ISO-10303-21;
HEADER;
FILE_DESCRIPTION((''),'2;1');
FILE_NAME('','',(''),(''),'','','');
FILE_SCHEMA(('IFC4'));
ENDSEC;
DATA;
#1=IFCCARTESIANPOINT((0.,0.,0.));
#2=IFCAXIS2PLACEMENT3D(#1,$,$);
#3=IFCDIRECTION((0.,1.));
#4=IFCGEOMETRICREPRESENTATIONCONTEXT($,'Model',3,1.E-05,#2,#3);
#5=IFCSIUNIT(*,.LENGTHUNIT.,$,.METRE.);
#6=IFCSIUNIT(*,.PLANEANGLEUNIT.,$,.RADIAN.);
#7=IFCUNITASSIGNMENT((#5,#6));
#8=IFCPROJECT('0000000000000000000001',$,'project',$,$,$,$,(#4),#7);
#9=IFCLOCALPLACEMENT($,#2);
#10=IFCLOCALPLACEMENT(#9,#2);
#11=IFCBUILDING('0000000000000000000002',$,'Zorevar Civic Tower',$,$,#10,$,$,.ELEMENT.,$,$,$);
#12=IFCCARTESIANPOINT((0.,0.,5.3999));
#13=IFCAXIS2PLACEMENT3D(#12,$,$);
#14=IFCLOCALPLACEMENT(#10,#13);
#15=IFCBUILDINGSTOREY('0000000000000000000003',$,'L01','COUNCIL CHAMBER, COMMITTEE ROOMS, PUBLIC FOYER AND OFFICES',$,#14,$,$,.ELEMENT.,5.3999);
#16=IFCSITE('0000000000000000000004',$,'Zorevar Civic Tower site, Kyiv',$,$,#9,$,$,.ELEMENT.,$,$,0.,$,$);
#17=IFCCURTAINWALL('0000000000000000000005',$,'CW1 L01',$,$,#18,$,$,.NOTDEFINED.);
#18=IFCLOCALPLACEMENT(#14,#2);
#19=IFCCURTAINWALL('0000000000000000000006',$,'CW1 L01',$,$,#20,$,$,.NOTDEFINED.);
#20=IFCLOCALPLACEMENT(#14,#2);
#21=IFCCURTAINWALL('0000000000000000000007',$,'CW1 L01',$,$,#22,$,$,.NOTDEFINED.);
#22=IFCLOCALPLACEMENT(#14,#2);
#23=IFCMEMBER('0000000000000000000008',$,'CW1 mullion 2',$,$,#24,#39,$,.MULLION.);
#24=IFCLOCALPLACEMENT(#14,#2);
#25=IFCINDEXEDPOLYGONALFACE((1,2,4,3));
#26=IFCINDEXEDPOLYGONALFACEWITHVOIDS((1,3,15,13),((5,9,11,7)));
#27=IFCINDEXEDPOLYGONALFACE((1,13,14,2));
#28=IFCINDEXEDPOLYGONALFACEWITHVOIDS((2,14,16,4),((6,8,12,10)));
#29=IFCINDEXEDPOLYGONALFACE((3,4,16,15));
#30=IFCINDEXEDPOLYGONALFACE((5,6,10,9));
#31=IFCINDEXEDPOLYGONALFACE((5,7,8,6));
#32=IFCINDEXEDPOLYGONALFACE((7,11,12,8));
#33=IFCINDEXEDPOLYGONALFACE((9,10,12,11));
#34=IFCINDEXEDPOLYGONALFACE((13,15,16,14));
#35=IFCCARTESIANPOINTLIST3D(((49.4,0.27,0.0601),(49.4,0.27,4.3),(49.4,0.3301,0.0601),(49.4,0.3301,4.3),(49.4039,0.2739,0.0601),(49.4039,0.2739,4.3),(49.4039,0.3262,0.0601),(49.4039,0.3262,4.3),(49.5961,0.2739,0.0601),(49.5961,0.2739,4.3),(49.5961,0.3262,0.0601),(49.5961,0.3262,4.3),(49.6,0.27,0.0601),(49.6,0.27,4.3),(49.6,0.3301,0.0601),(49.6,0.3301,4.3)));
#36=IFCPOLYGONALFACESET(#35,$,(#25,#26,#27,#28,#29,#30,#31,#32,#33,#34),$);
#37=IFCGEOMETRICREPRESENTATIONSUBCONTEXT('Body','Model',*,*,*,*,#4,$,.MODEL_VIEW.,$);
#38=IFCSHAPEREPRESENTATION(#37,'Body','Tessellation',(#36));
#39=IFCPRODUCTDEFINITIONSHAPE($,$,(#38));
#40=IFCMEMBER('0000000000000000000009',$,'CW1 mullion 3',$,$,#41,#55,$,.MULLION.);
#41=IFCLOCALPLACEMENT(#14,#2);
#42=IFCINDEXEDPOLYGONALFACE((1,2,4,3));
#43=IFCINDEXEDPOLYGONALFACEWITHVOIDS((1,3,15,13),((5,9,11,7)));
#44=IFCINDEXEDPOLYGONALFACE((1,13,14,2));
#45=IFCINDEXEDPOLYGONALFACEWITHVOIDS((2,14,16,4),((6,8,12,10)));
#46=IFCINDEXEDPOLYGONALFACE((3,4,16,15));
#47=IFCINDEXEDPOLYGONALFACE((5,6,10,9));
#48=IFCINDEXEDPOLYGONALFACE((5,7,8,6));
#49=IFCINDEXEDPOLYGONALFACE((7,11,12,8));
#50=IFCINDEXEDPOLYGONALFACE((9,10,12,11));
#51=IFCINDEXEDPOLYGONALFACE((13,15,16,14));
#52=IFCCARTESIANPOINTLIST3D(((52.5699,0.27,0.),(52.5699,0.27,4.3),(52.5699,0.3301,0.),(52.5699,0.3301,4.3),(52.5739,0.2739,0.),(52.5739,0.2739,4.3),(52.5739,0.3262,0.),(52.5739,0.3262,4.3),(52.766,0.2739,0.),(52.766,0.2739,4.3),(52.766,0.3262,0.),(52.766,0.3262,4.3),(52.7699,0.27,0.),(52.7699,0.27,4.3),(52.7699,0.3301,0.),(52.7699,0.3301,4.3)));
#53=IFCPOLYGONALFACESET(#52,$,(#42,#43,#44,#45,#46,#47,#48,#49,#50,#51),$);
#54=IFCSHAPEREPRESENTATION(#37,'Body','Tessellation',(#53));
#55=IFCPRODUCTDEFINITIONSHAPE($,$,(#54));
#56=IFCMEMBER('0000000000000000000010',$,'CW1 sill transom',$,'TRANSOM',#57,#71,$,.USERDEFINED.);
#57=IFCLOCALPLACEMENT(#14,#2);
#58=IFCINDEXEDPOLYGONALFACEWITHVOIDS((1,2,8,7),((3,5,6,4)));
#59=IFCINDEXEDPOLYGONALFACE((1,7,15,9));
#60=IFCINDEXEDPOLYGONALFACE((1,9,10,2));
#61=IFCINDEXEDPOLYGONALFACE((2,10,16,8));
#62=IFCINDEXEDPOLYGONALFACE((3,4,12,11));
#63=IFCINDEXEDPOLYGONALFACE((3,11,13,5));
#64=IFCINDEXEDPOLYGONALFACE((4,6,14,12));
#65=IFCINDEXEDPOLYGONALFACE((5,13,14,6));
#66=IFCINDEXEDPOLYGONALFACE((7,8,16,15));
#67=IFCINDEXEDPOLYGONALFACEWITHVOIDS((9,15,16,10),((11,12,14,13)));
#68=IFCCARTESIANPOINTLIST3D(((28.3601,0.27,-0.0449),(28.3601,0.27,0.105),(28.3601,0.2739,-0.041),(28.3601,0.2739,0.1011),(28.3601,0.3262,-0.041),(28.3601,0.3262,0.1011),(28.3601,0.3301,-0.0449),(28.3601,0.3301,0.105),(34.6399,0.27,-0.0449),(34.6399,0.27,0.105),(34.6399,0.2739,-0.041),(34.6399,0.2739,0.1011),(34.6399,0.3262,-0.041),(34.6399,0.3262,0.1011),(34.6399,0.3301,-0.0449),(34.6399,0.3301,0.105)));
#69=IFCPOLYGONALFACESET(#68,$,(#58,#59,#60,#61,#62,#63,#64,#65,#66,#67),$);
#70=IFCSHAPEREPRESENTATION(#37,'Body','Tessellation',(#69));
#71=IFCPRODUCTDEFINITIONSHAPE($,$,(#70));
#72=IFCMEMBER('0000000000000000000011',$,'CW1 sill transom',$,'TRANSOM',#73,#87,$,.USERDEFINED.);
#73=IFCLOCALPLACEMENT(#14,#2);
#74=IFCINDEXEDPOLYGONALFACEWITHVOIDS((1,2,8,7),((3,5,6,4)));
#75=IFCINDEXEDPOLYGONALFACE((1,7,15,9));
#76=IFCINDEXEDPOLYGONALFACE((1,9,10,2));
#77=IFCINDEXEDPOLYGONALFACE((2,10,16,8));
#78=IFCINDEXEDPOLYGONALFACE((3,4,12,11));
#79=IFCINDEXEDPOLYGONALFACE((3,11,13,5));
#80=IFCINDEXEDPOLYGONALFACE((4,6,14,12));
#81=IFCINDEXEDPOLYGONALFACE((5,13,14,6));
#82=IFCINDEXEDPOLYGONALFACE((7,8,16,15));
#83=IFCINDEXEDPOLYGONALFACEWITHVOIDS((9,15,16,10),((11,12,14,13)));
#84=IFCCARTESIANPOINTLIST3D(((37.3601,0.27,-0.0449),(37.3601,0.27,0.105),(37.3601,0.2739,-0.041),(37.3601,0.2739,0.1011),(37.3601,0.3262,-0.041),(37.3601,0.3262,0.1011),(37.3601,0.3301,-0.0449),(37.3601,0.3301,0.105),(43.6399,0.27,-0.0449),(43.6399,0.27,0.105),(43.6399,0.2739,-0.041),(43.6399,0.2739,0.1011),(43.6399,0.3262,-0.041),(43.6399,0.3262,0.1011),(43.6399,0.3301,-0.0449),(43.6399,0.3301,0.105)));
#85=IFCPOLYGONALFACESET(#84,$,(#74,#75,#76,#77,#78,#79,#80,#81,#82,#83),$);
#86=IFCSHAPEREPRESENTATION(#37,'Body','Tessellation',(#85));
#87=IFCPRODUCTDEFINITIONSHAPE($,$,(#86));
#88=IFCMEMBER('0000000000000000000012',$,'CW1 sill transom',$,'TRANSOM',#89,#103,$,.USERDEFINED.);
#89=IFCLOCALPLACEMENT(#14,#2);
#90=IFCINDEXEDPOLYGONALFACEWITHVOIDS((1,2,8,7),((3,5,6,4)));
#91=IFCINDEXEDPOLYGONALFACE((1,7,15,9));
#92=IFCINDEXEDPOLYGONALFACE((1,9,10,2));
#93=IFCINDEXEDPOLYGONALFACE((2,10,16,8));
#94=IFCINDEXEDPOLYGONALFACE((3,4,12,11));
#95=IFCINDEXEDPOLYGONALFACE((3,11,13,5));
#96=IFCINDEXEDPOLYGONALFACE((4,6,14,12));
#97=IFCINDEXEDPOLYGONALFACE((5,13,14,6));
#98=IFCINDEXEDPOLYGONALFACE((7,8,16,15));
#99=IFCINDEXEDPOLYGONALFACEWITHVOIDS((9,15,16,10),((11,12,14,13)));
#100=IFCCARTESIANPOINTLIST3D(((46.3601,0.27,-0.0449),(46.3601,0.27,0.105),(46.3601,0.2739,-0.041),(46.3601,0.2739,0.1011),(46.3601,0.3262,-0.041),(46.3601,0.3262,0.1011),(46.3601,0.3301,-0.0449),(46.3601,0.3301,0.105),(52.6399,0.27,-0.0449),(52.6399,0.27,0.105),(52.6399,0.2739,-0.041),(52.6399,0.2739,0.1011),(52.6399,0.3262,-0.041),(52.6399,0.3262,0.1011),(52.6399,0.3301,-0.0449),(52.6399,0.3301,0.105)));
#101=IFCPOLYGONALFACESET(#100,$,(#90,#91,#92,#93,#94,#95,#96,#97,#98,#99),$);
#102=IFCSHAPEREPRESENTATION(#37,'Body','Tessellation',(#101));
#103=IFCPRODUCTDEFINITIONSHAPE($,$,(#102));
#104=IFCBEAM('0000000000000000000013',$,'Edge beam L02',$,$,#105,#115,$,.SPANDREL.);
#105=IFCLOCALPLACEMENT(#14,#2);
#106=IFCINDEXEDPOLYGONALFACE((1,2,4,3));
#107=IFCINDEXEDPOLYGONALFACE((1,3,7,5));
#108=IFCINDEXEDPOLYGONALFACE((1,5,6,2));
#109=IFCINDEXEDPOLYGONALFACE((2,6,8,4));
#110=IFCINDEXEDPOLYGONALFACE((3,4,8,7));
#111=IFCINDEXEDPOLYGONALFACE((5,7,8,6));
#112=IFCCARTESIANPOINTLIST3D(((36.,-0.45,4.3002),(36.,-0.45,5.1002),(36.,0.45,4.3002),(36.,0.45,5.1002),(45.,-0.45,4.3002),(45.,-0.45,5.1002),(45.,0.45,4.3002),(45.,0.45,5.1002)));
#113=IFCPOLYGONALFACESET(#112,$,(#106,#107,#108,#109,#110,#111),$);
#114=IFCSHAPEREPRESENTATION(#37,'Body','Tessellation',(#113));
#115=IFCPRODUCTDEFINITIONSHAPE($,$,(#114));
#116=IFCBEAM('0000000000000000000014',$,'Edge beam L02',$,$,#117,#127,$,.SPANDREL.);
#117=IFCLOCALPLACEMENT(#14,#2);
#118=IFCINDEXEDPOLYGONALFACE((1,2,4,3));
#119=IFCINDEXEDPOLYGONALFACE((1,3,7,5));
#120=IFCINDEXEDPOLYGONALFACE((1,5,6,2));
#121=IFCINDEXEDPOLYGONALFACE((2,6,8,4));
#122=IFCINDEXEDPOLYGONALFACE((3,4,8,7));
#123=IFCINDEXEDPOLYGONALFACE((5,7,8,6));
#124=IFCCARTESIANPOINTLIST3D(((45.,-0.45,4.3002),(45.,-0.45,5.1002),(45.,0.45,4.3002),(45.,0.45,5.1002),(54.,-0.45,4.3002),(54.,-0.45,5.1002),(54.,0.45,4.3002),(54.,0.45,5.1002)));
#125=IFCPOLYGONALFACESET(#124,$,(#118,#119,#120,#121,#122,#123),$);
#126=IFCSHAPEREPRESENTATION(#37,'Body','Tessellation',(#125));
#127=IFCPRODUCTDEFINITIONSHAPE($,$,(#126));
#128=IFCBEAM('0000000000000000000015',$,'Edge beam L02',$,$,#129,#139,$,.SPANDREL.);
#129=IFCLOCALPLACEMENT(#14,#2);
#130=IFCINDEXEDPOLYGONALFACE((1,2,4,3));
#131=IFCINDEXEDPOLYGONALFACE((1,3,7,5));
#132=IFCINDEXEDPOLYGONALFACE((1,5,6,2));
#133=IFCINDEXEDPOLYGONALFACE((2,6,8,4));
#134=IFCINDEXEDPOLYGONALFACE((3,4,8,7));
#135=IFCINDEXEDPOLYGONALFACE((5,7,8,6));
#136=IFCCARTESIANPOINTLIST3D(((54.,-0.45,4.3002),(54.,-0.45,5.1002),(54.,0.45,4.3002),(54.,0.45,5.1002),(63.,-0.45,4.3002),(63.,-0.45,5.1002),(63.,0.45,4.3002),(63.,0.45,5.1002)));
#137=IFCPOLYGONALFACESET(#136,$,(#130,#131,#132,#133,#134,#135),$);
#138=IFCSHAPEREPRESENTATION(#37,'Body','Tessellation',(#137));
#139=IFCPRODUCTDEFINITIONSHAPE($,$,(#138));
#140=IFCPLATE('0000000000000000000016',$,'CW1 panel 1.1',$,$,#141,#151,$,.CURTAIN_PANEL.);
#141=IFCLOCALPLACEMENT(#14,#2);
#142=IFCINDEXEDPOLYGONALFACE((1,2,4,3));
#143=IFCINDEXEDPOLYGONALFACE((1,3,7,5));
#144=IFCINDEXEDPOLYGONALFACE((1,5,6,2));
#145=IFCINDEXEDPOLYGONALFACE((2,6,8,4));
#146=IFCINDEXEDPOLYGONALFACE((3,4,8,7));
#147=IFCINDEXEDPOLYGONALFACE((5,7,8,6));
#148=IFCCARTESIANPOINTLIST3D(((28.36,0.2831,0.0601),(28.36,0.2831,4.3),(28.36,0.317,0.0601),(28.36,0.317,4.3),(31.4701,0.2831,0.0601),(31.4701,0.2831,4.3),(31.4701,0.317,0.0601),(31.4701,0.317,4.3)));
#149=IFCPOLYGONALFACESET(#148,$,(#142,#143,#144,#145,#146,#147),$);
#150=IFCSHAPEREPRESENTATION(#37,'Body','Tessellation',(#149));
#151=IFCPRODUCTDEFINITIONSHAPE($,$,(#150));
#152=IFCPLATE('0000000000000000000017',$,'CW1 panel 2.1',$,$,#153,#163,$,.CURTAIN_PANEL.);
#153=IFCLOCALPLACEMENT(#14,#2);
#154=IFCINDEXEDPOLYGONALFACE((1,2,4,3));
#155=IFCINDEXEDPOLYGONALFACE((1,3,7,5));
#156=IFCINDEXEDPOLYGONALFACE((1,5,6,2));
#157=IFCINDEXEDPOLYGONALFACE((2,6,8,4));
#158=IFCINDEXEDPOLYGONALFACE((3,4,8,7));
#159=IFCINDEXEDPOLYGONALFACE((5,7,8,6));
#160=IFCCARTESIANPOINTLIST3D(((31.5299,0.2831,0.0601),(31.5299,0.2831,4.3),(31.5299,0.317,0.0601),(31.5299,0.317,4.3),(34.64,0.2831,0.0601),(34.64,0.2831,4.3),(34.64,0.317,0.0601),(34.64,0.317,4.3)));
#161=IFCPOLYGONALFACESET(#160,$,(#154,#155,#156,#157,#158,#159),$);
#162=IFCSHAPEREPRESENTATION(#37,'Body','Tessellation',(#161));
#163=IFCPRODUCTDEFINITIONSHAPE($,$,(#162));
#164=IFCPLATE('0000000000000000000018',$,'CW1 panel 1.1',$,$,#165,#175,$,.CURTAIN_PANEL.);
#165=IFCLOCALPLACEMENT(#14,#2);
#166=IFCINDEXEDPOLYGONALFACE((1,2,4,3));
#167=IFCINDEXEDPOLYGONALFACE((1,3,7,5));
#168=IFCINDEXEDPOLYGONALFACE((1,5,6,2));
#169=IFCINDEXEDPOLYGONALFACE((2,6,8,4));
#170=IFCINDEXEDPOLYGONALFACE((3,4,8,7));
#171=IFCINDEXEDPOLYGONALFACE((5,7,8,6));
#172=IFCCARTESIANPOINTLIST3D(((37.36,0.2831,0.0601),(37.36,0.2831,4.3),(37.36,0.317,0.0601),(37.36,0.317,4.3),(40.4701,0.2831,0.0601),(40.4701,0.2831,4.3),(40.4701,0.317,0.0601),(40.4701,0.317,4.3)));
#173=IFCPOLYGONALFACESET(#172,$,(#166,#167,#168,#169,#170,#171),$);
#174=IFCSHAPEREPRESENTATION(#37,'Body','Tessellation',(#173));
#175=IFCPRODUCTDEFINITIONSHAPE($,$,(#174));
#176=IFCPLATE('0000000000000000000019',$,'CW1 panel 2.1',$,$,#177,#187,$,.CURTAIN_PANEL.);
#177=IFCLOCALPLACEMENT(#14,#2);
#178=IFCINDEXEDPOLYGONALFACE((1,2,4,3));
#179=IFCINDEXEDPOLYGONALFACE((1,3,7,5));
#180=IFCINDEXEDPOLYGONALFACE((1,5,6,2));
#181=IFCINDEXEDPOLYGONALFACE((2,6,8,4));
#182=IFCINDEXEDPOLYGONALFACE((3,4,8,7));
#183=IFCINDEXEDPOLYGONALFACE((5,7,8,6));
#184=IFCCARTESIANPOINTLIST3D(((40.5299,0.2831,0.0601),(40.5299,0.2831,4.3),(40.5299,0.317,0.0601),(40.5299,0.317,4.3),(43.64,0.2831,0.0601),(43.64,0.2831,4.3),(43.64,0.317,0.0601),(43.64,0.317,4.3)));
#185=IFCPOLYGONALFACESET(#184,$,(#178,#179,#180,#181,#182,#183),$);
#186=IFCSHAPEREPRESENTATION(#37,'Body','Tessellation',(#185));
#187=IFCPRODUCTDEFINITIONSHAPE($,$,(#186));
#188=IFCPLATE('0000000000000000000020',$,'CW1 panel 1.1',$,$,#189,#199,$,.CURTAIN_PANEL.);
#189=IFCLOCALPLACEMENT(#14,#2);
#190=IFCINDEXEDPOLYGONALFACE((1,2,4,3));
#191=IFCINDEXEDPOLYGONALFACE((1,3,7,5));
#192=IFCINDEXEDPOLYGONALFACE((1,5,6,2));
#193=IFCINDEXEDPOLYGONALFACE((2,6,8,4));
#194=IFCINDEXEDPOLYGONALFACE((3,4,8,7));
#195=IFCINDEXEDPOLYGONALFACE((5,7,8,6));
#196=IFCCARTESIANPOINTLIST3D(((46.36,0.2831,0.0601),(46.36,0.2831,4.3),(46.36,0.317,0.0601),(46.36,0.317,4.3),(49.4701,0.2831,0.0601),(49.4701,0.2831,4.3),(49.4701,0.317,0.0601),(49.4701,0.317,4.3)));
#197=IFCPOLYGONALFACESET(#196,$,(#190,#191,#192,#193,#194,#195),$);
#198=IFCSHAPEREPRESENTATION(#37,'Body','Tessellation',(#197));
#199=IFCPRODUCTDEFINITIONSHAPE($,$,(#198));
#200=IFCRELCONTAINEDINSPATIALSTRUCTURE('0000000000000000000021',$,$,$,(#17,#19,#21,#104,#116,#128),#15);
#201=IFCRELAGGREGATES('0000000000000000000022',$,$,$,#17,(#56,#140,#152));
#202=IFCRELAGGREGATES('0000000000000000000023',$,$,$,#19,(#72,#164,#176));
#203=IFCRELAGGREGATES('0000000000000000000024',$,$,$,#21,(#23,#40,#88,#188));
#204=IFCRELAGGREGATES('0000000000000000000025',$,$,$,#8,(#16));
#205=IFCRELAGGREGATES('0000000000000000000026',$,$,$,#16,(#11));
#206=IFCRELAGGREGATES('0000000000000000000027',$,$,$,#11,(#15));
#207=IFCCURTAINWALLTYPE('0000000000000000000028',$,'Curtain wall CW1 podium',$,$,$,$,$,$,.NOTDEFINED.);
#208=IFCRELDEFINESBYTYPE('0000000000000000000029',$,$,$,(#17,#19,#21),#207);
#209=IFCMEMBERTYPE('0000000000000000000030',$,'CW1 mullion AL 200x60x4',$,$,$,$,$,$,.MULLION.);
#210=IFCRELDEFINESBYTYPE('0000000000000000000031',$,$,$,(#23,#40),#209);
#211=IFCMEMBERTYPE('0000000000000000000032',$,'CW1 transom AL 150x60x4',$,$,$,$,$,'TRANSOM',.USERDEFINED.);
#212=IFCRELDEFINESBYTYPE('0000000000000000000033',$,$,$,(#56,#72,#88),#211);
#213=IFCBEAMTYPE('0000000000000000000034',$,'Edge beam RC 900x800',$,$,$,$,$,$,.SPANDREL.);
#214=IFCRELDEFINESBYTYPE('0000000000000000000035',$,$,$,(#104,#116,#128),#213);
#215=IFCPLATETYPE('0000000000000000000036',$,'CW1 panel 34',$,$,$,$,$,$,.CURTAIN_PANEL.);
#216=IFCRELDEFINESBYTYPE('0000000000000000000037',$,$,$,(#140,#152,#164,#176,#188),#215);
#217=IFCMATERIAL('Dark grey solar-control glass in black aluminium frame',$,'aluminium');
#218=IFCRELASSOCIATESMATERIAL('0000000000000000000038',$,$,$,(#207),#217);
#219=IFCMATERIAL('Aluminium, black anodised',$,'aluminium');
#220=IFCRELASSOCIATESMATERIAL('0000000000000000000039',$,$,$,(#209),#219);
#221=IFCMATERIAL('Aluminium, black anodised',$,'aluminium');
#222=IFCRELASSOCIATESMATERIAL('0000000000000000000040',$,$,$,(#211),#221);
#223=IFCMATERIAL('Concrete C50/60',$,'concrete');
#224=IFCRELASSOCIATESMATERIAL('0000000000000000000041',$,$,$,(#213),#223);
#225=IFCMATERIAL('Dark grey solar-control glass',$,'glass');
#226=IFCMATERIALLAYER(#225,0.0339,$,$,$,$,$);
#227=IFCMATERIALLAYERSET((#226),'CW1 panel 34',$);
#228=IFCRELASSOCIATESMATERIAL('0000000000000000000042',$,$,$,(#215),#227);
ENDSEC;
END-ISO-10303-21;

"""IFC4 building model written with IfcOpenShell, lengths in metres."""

from ifc_helpers import new_model, si_unit, direction, frame, origin, origin_2d, place, context, subcontext, project, spatial, rectangle, hollow_rectangle, extrude, material, layer, layer_set, material_profile, profile_set, type_object, element, aggregate, save


model = new_model("IFC4")

# Units and contexts
model_context = context("Model", 3, precision=1e-05, world=origin(), true_north=direction((0.0, 1.0)))
body_context = subcontext(model_context, "Body", "Model", "MODEL_VIEW")
ifc_project = project(units=[si_unit("LENGTHUNIT", "METRE"), si_unit("PLANEANGLEUNIT", "RADIAN")], contexts=[model_context])

# Site, building, storey
site_placement = place(None, origin())
site = spatial("IfcSite", under=ifc_project, at=site_placement, Name="Zorevar Civic Tower site, Kyiv", CompositionType="ELEMENT", RefElevation=0.0)
building_placement = place(site_placement, origin())
building = spatial("IfcBuilding", under=site, at=building_placement, Name="Zorevar Civic Tower", CompositionType="ELEMENT")
storey_placement = place(building_placement, frame((0.0, 0.0, 5.3999)))
storey = spatial("IfcBuildingStorey", under=building, at=storey_placement, Name="L01", Description="COUNCIL CHAMBER, COMMITTEE ROOMS, PUBLIC FOYER AND OFFICES", CompositionType="ELEMENT", Elevation=5.3999)

# Curtain walls, members
ifc_material_1 = material(Name="Dark grey solar-control glass in black aluminium frame", Category="aluminium")
curtain_wall_type = type_object("IfcCurtainWallType", Name="Curtain wall CW1 podium", PredefinedType="NOTDEFINED", material=ifc_material_1)
curtain_wall_1_placement = place(storey_placement, origin())
curtain_wall_1 = element("IfcCurtainWall", 1, at=curtain_wall_1_placement, inside=storey, type_object=curtain_wall_type, Name="CW1 L01", PredefinedType="NOTDEFINED")
ifc_material_2 = material(Name="Aluminium, black anodised", Category="aluminium")
ifc_material_profile_1 = material_profile(ifc_material_2, hollow_rectangle(XDim=0.0601, YDim=0.2, WallThickness=0.0039, at=origin_2d()), Name="AL 200x60x4")
ifc_profile_set_1 = profile_set([ifc_material_profile_1], Name="Aluminium, black anodised")
member_type_1 = type_object("IfcMemberType", Name="CW1 mullion AL 200x60x4", PredefinedType="MULLION", material=ifc_profile_set_1)
curtain_wall_2_placement = place(storey_placement, origin())
curtain_wall_2 = element("IfcCurtainWall", 2, at=curtain_wall_2_placement, inside=storey, type_object=curtain_wall_type, Name="CW1 L01", PredefinedType="NOTDEFINED")
curtain_wall_3_placement = place(storey_placement, origin())
curtain_wall_3 = element("IfcCurtainWall", 3, at=curtain_wall_3_placement, inside=storey, type_object=curtain_wall_type, Name="CW1 L01", PredefinedType="NOTDEFINED")
member_1_placement = place(storey_placement, frame((49.5, 0.3, 0.0601), z_axis=(0.0, 0.0, 1.0), x_axis=(0.0, 1.0, 0.0)))
member_1 = element("IfcMember", 4, at=member_1_placement, type_object=member_type_1, Name="CW1 mullion 2", PredefinedType="MULLION", context=body_context, shape_type="SweptSolid", body=[
    extrude(hollow_rectangle(XDim=0.0601, YDim=0.2, WallThickness=0.0039, at=origin_2d()), origin(), (0.0, 0.0, 1.0), 4.24),
])
member_2_placement = place(storey_placement, frame((52.6699, 0.3, 0.0), z_axis=(0.0, 0.0, 1.0), x_axis=(0.0, 1.0, 0.0)))
member_2 = element("IfcMember", 5, at=member_2_placement, type_object=member_type_1, Name="CW1 mullion 3", PredefinedType="MULLION", context=body_context, shape_type="SweptSolid", body=[
    extrude(hollow_rectangle(XDim=0.0601, YDim=0.2, WallThickness=0.0039, at=origin_2d()), origin(), (0.0, 0.0, 1.0), 4.3),
])

# Members
ifc_material_3 = material(Name="Aluminium, black anodised", Category="aluminium")
ifc_material_profile_2 = material_profile(ifc_material_3, hollow_rectangle(XDim=0.0601, YDim=0.1499, WallThickness=0.0039, at=origin_2d()), Name="AL 150x60x4")
ifc_profile_set_2 = profile_set([ifc_material_profile_2], Name="Aluminium, black anodised")
member_type_2 = type_object("IfcMemberType", Name="CW1 transom AL 150x60x4", ElementType="TRANSOM", PredefinedType="USERDEFINED", material=ifc_profile_set_2)
member_3_placement = place(storey_placement, frame((28.3601, 0.3, 0.03), z_axis=(1.0, 0.0, 0.0), x_axis=(0.0, 1.0, 0.0)))
member_3 = element("IfcMember", 6, at=member_3_placement, type_object=member_type_2, Name="CW1 sill transom", ObjectType="TRANSOM", PredefinedType="USERDEFINED", context=body_context, shape_type="SweptSolid", body=[
    extrude(hollow_rectangle(XDim=0.0601, YDim=0.1499, WallThickness=0.0039, at=origin_2d()), origin(), (0.0, 0.0, 1.0), 6.2798),
])
member_4_placement = place(storey_placement, frame((37.3601, 0.3, 0.03), z_axis=(1.0, 0.0, 0.0), x_axis=(0.0, 1.0, 0.0)))
member_4 = element("IfcMember", 7, at=member_4_placement, type_object=member_type_2, Name="CW1 sill transom", ObjectType="TRANSOM", PredefinedType="USERDEFINED", context=body_context, shape_type="SweptSolid", body=[
    extrude(hollow_rectangle(XDim=0.0601, YDim=0.1499, WallThickness=0.0039, at=origin_2d()), origin(), (0.0, 0.0, 1.0), 6.2798),
])
member_5_placement = place(storey_placement, frame((46.3601, 0.3, 0.03), z_axis=(1.0, 0.0, 0.0), x_axis=(0.0, 1.0, 0.0)))
member_5 = element("IfcMember", 8, at=member_5_placement, type_object=member_type_2, Name="CW1 sill transom", ObjectType="TRANSOM", PredefinedType="USERDEFINED", context=body_context, shape_type="SweptSolid", body=[
    extrude(hollow_rectangle(XDim=0.0601, YDim=0.1499, WallThickness=0.0039, at=origin_2d()), origin(), (0.0, 0.0, 1.0), 6.2798),
])

# Beams
ifc_material_4 = material(Name="Concrete C50/60", Category="concrete")
ifc_material_profile_3 = material_profile(ifc_material_4, rectangle(XDim=0.8999, YDim=0.8, at=origin_2d()), Name="RC 900x800")
ifc_profile_set_3 = profile_set([ifc_material_profile_3], Name="Concrete C50/60")
beam_type_1 = type_object("IfcBeamType", Name="Edge beam RC 900x800", PredefinedType="SPANDREL", material=ifc_profile_set_3)
for number, where, z_axis, x_axis, name in (
    (9, (36.0, 0.0, 4.7002), (1.0, 0.0, 0.0), (0.0, 1.0, 0.0), "Edge beam L02"),
    (10, (45.0, 0.0, 4.7002), (1.0, 0.0, 0.0), (0.0, 1.0, 0.0), "Edge beam L02"),
    (11, (54.0, 0.0, 4.7002), (1.0, 0.0, 0.0), (0.0, 1.0, 0.0), "Edge beam L02"),
):
    element("IfcBeam", number, at=place(storey_placement, frame(where, z_axis=z_axis, x_axis=x_axis)), inside=storey, type_object=beam_type_1, Name=name, PredefinedType="SPANDREL", context=body_context, shape_type="SweptSolid", body=[
        extrude(rectangle(XDim=0.8999, YDim=0.8, at=origin_2d()), origin(), (0.0, 0.0, 1.0), 9.0),
    ])

# Plates
ifc_material_5 = material(Name="Dark grey solar-control glass", Category="glass")
ifc_layer_1 = layer(ifc_material_5, 0.0339)
ifc_layer_set_1 = layer_set([ifc_layer_1], Name="CW1 panel 34")
plate_type = type_object("IfcPlateType", Name="CW1 panel 34", PredefinedType="CURTAIN_PANEL", material=ifc_layer_set_1)
plate_1_placement = place(storey_placement, frame((29.915, 0.3, 0.0601), z_axis=(0.0, 0.0, 1.0), x_axis=(1.0, 0.0, 0.0)))
plate_1 = element("IfcPlate", 12, at=plate_1_placement, type_object=plate_type, Name="CW1 panel 1.1", PredefinedType="CURTAIN_PANEL", context=body_context, shape_type="SweptSolid", body=[
    extrude(rectangle(XDim=3.1101, YDim=0.0339, at=origin_2d()), origin(), (0.0, 0.0, 1.0), 4.24),
])
plate_2_placement = place(storey_placement, frame((33.085, 0.3, 0.0601), z_axis=(0.0, 0.0, 1.0), x_axis=(1.0, 0.0, 0.0)))
plate_2 = element("IfcPlate", 13, at=plate_2_placement, type_object=plate_type, Name="CW1 panel 2.1", PredefinedType="CURTAIN_PANEL", context=body_context, shape_type="SweptSolid", body=[
    extrude(rectangle(XDim=3.1101, YDim=0.0339, at=origin_2d()), origin(), (0.0, 0.0, 1.0), 4.24),
])
aggregate(curtain_wall_1, [member_3, plate_1, plate_2])
plate_3_placement = place(storey_placement, frame((38.915, 0.3, 0.0601), z_axis=(0.0, 0.0, 1.0), x_axis=(1.0, 0.0, 0.0)))
plate_3 = element("IfcPlate", 14, at=plate_3_placement, type_object=plate_type, Name="CW1 panel 1.1", PredefinedType="CURTAIN_PANEL", context=body_context, shape_type="SweptSolid", body=[
    extrude(rectangle(XDim=3.1101, YDim=0.0339, at=origin_2d()), origin(), (0.0, 0.0, 1.0), 4.24),
])
plate_4_placement = place(storey_placement, frame((42.085, 0.3, 0.0601), z_axis=(0.0, 0.0, 1.0), x_axis=(1.0, 0.0, 0.0)))
plate_4 = element("IfcPlate", 15, at=plate_4_placement, type_object=plate_type, Name="CW1 panel 2.1", PredefinedType="CURTAIN_PANEL", context=body_context, shape_type="SweptSolid", body=[
    extrude(rectangle(XDim=3.1101, YDim=0.0339, at=origin_2d()), origin(), (0.0, 0.0, 1.0), 4.24),
])
aggregate(curtain_wall_2, [member_4, plate_3, plate_4])
plate_5_placement = place(storey_placement, frame((47.915, 0.3, 0.0601), z_axis=(0.0, 0.0, 1.0), x_axis=(1.0, 0.0, 0.0)))
plate_5 = element("IfcPlate", 16, at=plate_5_placement, type_object=plate_type, Name="CW1 panel 1.1", PredefinedType="CURTAIN_PANEL", context=body_context, shape_type="SweptSolid", body=[
    extrude(rectangle(XDim=3.1101, YDim=0.0339, at=origin_2d()), origin(), (0.0, 0.0, 1.0), 4.24),
])
aggregate(curtain_wall_3, [member_1, member_2, member_5, plate_5])

save(model, "model.ifc")
